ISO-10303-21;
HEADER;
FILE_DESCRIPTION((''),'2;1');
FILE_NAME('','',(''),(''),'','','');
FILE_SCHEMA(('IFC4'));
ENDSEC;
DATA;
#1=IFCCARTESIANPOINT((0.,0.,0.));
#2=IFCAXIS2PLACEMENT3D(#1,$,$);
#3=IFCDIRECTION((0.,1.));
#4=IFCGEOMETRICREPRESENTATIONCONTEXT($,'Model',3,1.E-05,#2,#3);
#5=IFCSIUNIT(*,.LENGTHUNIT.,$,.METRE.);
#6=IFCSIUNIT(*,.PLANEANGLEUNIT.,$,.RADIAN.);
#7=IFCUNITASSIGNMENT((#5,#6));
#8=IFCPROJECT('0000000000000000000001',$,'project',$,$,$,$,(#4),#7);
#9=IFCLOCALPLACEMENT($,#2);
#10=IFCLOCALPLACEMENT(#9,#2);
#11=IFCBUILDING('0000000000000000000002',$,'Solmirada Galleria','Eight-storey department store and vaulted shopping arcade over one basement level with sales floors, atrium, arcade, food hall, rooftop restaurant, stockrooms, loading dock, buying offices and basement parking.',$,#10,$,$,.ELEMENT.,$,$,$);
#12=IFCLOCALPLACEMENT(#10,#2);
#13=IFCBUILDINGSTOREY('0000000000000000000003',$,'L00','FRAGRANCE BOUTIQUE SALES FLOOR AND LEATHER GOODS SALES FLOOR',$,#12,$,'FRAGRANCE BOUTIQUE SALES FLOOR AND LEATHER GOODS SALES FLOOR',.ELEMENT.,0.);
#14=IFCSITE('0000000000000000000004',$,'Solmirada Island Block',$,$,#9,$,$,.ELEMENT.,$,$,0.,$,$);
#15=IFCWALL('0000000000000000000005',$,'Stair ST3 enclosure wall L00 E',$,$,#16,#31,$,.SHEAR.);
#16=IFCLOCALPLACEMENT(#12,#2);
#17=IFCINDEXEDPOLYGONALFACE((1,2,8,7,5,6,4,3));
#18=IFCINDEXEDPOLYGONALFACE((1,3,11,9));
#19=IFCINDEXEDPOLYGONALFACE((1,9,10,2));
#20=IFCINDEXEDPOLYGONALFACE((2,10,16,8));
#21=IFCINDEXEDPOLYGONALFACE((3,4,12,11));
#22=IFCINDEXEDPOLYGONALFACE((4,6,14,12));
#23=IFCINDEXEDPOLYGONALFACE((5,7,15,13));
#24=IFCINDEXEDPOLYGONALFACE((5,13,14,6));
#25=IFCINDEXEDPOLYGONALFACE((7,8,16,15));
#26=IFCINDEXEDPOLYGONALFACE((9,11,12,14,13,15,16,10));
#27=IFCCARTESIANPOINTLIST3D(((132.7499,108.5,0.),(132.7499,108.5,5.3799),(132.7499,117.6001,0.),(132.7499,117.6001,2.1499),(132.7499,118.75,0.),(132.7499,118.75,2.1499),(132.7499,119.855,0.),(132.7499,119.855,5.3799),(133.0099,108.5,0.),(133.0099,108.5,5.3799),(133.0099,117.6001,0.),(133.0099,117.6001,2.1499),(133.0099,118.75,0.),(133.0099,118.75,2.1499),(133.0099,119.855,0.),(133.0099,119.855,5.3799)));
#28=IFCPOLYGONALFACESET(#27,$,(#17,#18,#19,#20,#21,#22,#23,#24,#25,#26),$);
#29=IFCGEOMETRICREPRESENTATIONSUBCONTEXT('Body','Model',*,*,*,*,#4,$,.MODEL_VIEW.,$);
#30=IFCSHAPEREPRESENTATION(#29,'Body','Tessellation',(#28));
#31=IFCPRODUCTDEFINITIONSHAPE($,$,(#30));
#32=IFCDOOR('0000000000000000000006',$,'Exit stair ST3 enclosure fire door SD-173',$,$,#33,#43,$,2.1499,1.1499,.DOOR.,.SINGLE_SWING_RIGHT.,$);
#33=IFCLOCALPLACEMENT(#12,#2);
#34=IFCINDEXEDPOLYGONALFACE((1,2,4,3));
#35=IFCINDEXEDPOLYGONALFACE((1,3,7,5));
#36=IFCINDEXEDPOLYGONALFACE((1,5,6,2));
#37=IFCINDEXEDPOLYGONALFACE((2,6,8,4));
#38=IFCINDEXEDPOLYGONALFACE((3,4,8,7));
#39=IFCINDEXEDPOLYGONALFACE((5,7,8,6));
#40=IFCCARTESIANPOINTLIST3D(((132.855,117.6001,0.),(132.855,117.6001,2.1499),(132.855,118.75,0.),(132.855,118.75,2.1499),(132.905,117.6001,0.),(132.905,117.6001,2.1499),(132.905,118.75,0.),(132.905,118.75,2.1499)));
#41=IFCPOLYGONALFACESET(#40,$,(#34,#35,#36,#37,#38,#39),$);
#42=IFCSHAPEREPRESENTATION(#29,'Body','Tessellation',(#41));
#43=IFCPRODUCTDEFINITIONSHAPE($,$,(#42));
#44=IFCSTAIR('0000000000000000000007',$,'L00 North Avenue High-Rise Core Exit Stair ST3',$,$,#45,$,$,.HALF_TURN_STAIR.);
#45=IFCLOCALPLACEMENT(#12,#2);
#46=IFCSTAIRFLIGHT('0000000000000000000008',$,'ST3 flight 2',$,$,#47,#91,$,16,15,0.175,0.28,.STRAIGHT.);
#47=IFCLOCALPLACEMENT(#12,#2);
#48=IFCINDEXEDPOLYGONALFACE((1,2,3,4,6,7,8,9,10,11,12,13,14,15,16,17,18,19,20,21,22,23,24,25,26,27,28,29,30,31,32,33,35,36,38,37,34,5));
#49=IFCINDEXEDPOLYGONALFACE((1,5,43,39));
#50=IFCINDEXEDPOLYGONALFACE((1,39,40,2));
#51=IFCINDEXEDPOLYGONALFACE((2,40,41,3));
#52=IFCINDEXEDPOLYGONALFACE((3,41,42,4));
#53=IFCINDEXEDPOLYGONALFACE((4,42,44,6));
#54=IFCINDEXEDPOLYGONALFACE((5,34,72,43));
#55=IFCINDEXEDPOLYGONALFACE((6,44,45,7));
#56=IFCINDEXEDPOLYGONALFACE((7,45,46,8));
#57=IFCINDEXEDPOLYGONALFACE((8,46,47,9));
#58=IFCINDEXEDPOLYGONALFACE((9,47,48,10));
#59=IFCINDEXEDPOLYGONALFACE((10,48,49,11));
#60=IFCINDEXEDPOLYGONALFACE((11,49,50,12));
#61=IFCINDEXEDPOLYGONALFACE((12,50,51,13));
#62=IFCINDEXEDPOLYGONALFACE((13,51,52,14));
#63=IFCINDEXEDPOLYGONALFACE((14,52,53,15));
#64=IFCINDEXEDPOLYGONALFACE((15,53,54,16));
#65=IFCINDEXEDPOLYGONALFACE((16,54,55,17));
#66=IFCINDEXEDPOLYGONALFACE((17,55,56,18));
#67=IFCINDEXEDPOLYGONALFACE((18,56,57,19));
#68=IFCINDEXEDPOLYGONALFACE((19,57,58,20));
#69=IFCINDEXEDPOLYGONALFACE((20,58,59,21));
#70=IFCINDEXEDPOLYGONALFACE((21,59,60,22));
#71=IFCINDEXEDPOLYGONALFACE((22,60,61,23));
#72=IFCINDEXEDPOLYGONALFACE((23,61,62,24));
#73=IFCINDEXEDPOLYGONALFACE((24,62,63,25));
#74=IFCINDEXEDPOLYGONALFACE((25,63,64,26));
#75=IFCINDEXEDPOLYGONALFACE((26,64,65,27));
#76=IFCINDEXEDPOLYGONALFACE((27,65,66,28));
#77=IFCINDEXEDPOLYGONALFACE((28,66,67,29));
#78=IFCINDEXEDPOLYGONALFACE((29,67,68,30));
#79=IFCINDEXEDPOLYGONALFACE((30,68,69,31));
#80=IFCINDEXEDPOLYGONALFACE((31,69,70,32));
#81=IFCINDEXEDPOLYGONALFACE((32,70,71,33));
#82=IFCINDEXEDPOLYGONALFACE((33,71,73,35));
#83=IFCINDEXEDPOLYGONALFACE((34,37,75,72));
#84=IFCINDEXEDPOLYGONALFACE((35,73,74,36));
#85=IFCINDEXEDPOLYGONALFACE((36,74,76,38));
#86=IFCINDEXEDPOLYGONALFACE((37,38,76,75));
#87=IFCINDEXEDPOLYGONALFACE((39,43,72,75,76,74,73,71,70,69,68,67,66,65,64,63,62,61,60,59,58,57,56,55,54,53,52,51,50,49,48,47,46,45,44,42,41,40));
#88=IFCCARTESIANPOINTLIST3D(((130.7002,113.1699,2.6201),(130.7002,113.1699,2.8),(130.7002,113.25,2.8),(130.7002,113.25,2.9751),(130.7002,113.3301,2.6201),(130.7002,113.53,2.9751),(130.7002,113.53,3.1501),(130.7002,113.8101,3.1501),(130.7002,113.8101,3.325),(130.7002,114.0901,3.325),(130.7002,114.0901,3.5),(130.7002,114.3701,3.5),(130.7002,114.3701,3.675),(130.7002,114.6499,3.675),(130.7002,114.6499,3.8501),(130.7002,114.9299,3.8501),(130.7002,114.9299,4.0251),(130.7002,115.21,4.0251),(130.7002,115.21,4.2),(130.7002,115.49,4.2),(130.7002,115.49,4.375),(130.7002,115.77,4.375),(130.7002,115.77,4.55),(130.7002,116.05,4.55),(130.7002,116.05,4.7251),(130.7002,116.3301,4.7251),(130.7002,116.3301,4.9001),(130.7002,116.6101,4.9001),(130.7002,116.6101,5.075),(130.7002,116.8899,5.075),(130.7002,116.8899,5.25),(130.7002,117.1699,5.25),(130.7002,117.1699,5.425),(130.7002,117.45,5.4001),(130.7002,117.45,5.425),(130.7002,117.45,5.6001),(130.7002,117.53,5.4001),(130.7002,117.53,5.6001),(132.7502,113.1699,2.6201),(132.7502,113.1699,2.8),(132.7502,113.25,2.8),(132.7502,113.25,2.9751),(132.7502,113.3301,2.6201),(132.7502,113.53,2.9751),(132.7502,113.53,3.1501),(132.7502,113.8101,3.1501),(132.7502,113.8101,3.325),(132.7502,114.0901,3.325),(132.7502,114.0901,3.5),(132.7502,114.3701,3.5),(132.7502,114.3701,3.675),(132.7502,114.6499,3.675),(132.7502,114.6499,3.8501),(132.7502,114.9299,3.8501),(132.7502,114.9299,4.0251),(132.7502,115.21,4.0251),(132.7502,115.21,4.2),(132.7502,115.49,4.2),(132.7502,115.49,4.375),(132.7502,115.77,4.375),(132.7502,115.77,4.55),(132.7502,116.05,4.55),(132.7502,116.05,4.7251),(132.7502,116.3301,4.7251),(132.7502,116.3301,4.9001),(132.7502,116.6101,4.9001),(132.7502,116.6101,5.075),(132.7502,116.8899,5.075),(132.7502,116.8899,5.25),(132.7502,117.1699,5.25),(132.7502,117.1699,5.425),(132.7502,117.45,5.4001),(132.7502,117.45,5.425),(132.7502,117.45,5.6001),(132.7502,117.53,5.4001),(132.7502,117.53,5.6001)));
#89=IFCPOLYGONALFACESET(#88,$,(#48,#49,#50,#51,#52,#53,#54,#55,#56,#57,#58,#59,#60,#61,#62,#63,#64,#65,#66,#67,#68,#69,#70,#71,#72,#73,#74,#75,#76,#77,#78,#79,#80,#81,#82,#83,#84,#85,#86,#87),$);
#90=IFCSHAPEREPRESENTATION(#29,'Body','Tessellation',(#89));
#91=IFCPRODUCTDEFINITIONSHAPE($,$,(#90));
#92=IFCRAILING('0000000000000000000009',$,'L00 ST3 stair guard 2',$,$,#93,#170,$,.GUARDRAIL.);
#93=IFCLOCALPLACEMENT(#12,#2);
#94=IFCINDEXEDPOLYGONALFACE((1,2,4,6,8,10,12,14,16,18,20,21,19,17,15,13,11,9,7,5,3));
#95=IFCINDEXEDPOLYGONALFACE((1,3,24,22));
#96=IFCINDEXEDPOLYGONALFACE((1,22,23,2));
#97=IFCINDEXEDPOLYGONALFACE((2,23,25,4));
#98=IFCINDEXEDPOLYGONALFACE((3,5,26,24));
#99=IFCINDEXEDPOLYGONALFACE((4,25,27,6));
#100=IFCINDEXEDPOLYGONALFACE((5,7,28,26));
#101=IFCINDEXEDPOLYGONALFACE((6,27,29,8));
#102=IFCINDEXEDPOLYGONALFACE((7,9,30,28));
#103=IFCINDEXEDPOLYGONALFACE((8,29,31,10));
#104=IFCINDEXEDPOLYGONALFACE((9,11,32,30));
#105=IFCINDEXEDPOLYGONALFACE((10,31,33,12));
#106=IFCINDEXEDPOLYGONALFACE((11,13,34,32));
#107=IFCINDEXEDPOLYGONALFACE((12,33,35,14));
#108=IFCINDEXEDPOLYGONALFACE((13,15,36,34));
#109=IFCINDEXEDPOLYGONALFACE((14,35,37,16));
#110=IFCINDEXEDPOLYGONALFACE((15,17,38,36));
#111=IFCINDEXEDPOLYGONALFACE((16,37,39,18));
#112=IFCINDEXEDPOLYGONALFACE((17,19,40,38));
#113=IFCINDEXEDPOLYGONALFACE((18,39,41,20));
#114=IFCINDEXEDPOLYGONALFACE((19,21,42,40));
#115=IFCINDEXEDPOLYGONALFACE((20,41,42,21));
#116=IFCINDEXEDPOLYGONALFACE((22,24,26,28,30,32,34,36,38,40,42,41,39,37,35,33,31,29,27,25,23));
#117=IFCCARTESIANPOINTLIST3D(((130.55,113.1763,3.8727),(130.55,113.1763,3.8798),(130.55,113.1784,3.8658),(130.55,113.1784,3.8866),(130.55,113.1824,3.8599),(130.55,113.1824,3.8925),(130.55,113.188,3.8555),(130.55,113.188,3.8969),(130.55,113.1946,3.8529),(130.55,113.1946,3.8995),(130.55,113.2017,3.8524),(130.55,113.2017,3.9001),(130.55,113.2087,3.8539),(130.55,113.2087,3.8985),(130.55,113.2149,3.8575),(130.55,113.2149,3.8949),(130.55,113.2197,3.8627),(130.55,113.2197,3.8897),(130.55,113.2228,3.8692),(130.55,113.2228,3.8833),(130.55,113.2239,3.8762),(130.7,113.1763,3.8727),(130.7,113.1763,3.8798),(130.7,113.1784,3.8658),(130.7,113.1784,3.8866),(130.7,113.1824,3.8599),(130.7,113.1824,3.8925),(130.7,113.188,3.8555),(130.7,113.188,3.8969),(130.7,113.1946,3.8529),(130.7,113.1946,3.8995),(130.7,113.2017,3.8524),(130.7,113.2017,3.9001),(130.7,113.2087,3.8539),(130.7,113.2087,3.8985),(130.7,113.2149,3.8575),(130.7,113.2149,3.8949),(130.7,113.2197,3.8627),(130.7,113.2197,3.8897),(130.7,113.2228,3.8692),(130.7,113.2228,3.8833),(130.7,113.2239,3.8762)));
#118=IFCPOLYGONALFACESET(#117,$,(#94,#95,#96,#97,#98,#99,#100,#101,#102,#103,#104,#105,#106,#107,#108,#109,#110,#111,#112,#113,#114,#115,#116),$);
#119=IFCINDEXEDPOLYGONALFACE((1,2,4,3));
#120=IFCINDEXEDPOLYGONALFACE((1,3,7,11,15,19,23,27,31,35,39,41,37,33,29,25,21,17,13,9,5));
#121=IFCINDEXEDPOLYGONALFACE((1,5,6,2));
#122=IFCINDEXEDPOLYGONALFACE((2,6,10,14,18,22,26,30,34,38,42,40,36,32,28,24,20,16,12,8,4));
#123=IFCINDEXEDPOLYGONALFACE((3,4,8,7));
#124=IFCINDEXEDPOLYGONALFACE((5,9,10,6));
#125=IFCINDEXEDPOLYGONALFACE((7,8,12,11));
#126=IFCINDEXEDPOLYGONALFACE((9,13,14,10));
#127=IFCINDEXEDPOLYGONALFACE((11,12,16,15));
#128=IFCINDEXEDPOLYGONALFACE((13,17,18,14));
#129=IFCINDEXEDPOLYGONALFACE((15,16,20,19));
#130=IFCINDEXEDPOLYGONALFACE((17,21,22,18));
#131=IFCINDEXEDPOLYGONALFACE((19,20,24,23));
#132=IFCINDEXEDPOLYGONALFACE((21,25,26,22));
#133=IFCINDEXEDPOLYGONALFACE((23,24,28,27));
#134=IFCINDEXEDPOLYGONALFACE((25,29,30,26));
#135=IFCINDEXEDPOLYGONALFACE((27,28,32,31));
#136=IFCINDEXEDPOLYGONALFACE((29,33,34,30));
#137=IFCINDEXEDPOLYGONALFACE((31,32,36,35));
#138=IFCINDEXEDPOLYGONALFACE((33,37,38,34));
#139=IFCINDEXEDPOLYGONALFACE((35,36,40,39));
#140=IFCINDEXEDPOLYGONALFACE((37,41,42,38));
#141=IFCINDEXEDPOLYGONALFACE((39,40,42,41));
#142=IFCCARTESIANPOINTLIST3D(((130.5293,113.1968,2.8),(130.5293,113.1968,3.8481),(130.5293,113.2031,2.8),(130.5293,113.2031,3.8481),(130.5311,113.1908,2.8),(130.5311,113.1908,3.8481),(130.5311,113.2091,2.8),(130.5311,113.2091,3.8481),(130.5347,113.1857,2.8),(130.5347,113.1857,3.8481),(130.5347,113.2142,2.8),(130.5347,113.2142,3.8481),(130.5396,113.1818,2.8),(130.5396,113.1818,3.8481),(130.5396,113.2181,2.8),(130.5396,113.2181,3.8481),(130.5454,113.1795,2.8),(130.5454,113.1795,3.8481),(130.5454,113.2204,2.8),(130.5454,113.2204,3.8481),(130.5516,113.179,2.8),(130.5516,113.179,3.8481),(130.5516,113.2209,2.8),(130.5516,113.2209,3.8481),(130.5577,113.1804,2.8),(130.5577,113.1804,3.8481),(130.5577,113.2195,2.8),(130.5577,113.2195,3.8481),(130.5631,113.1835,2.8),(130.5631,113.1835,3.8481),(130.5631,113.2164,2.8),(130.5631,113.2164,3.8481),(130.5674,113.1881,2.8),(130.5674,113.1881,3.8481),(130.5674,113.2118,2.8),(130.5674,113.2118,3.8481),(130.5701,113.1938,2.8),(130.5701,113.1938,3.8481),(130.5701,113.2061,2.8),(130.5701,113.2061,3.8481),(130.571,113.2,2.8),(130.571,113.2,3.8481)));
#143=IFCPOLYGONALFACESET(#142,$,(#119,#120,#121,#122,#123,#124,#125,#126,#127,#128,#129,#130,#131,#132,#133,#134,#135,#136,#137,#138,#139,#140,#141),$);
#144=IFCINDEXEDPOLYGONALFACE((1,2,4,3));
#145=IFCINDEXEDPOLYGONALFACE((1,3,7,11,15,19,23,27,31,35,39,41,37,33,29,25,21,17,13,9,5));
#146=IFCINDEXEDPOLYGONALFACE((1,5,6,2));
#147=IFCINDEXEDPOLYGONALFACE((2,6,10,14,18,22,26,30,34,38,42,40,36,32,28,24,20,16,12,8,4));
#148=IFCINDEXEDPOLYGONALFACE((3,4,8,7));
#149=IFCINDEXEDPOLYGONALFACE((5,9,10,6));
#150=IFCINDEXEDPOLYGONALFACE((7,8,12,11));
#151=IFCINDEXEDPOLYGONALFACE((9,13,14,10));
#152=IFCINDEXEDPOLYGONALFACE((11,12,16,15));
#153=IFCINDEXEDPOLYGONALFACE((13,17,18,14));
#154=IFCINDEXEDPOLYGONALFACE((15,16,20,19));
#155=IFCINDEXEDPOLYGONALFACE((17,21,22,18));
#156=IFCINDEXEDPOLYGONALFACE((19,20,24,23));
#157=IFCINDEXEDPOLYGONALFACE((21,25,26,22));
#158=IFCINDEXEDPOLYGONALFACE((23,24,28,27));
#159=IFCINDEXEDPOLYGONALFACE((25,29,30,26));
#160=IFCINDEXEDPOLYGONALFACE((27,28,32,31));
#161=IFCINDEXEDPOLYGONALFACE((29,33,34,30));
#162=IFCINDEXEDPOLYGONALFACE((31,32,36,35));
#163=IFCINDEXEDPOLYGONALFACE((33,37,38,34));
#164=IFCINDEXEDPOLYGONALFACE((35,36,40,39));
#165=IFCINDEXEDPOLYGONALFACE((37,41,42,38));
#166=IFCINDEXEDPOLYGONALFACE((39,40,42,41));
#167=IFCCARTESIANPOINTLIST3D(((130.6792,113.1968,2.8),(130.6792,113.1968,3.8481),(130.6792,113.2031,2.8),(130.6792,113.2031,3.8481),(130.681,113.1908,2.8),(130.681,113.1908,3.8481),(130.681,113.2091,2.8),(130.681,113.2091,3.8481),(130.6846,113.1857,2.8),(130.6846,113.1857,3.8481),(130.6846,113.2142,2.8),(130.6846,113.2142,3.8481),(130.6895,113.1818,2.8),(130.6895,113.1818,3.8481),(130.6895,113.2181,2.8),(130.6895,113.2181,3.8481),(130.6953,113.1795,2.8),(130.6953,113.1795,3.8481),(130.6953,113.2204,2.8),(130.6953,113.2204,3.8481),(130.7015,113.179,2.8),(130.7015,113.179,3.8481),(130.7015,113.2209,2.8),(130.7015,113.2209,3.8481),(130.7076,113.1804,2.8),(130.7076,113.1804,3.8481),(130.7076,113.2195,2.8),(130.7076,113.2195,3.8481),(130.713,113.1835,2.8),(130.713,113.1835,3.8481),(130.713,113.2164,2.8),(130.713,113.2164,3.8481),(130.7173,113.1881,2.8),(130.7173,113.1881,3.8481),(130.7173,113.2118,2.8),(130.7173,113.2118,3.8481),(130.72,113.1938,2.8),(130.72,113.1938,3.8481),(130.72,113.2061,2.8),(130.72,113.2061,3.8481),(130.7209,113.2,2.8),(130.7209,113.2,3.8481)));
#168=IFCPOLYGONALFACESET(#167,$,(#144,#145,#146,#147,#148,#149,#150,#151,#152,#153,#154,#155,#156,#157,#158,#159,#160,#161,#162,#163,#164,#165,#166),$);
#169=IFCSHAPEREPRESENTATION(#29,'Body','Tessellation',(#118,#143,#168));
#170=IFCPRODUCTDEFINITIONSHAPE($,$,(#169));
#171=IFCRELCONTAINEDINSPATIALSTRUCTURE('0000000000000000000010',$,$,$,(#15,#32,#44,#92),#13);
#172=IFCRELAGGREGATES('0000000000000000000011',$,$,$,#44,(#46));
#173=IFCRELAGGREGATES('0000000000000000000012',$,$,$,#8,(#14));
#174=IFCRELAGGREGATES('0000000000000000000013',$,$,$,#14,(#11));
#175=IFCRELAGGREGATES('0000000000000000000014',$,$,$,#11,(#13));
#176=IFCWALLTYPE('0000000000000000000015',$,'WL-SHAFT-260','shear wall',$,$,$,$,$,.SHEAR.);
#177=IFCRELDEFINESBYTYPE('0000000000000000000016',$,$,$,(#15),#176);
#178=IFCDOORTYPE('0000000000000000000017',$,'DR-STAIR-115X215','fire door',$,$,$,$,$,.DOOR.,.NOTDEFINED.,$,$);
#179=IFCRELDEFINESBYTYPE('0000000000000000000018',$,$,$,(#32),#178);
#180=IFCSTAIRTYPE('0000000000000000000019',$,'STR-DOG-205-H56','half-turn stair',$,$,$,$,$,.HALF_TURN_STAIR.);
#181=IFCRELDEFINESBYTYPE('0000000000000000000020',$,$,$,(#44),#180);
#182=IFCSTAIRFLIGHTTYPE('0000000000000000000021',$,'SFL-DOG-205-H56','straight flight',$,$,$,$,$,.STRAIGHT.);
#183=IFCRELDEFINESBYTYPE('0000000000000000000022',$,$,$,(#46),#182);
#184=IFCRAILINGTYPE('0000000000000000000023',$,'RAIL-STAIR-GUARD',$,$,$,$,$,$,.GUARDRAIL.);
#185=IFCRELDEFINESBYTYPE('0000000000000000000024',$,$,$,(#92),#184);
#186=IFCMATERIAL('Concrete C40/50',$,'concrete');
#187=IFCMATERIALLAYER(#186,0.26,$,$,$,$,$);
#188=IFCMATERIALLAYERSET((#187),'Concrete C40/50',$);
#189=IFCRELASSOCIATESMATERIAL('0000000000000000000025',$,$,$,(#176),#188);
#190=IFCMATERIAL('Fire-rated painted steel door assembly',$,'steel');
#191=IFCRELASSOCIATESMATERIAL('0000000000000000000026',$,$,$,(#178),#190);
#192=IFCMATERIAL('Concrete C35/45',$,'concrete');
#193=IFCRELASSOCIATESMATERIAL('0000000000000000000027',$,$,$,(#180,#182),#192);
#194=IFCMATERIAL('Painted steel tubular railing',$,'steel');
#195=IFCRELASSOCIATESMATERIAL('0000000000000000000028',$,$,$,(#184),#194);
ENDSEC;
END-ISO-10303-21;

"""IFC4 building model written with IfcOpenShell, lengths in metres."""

from ifc_helpers import new_model, si_unit, direction, frame, frame_2d, origin, origin_2d, place, context, subcontext, project, spatial, polyline, rectangle, circle, outline, extrude, material, layer, layer_set, type_object, element, fill, aggregate, save


model = new_model("IFC4")

# Units and contexts
model_context = context("Model", 3, precision=1e-05, world=origin(), true_north=direction((0.0, 1.0)))
body_context = subcontext(model_context, "Body", "Model", "MODEL_VIEW")
ifc_project = project(units=[si_unit("LENGTHUNIT", "METRE"), si_unit("PLANEANGLEUNIT", "RADIAN")], contexts=[model_context])

# Site, building, storey
site_placement = place(None, origin())
site = spatial("IfcSite", under=ifc_project, at=site_placement, Name="Solmirada Island Block", CompositionType="ELEMENT", RefElevation=0.0)
building_placement = place(site_placement, origin())
building = spatial("IfcBuilding", under=site, at=building_placement, Name="Solmirada Galleria", Description="Eight-storey department store and vaulted shopping arcade over one basement level with sales floors, atrium, arcade, food hall, rooftop restaurant, stockrooms, loading dock, buying offices and basement parking.", CompositionType="ELEMENT")
storey_placement = place(building_placement, origin())
storey = spatial("IfcBuildingStorey", under=building, at=storey_placement, Name="L00", Description="FRAGRANCE BOUTIQUE SALES FLOOR AND LEATHER GOODS SALES FLOOR", LongName="FRAGRANCE BOUTIQUE SALES FLOOR AND LEATHER GOODS SALES FLOOR", CompositionType="ELEMENT", Elevation=0.0)

# Shared definitions
ifc_material_1 = material(Name="Concrete C40/50", Category="concrete")

# Shared definitions
ifc_material_2 = material(Name="Fire-rated painted steel door assembly", Category="steel")

# Shared definitions
ifc_layer_1 = layer(ifc_material_1, 0.26)
ifc_layer_set_1 = layer_set([ifc_layer_1], Name="Concrete C40/50")
wall_type_1 = type_object("IfcWallType", Name="WL-SHAFT-260", Description="shear wall", PredefinedType="SHEAR", material=ifc_layer_set_1)

# Wall, opening, door
wall_1_placement = place(storey_placement, frame((132.8799, 108.5, 0.0), z_axis=(0.0, 0.0, 1.0), x_axis=(0.0, 1.0, 0.0)))
wall_1 = element("IfcWall", 1, at=wall_1_placement, inside=storey, type_object=wall_type_1, Name="Stair ST3 enclosure wall L00 E", PredefinedType="SHEAR", context=body_context, shape_type="SweptSolid", body=[
    extrude(rectangle(XDim=11.355, YDim=0.26, at=frame_2d((5.6775, 0.0))), origin(), (0.0, 0.0, 1.0), 5.3799),
])
opening_1_placement = place(wall_1_placement, frame((9.1001, 0.0, 0.0)))
opening_1 = element("IfcOpeningElement", 2, at=opening_1_placement, cuts=wall_1, PredefinedType="OPENING", context=body_context, shape_type="SweptSolid", body=[
    extrude(rectangle(XDim=1.1499, YDim=2.1499, at=frame_2d((0.575, 1.075))), frame((0.0, 0.1399, 0.0), z_axis=(0.0, -1.0, 0.0), x_axis=(1.0, 0.0, 0.0)), (0.0, 0.0, 1.0), 0.28),
])
door_type_1 = type_object("IfcDoorType", Name="DR-STAIR-115X215", Description="fire door", OperationType="NOTDEFINED", PredefinedType="DOOR", material=ifc_material_2)
door_1_placement = place(opening_1_placement, origin())
door_1 = element("IfcDoor", 3, at=door_1_placement, inside=storey, type_object=door_type_1, Name="Exit stair ST3 enclosure fire door SD-173", OperationType="SINGLE_SWING_RIGHT", OverallHeight=2.1499, OverallWidth=1.1499, PredefinedType="DOOR", context=body_context, shape_type="SweptSolid", body=[
    extrude(rectangle(XDim=1.1499, YDim=2.1499, at=frame_2d((0.575, 1.075))), frame((0.0, 0.0249, 0.0), z_axis=(0.0, -1.0, 0.0), x_axis=(1.0, 0.0, 0.0)), (0.0, 0.0, 1.0), 0.05),
])
fill(opening_1, door_1)

# Stair, stair flight
ifc_material_3 = material(Name="Concrete C35/45", Category="concrete")
stair_type = type_object("IfcStairType", Name="STR-DOG-205-H56", Description="half-turn stair", PredefinedType="HALF_TURN_STAIR", material=ifc_material_3)
stair_placement = place(storey_placement, origin())
stair = element("IfcStair", 4, at=stair_placement, inside=storey, type_object=stair_type, Name="L00 North Avenue High-Rise Core Exit Stair ST3", PredefinedType="HALF_TURN_STAIR")
stair_flight_type = type_object("IfcStairFlightType", Name="SFL-DOG-205-H56", Description="straight flight", PredefinedType="STRAIGHT", material=ifc_material_3)
stair_flight_placement = place(storey_placement, frame((131.7251, 113.25, 2.8), z_axis=(0.0, 0.0, 1.0), x_axis=(0.0, 1.0, 0.0)))
stair_flight = element("IfcStairFlight", 5, at=stair_flight_placement, type_object=stair_flight_type, Name="ST3 flight 2", NumberOfRisers=16, NumberOfTreads=15, PredefinedType="STRAIGHT", RiserHeight=0.175, TreadLength=0.28, context=body_context, shape_type="SweptSolid", body=[
    extrude(outline(polyline([(-0.0801, 0.0), (0.0, 0.0), (0.0, 0.175), (0.28, 0.175), (0.28, 0.3501), (0.5601, 0.3501), (0.5601, 0.5249), (0.8401, 0.5249), (0.8401, 0.7), (1.1201, 0.7), (1.1201, 0.875), (1.3999, 0.875), (1.3999, 1.05), (1.6799, 1.05), (1.6799, 1.2251), (1.96, 1.2251), (1.96, 1.3999), (2.24, 1.3999), (2.24, 1.575), (2.52, 1.575), (2.52, 1.75), (2.8, 1.75), (2.8, 1.925), (3.0801, 1.925), (3.0801, 2.1001), (3.3601, 2.1001), (3.3601, 2.2749), (3.6399, 2.2749), (3.6399, 2.45), (3.9199, 2.45), (3.9199, 2.625), (4.2, 2.625), (4.2, 2.8), (4.28, 2.8), (4.28, 2.6001), (4.2, 2.6001), (0.0801, -0.1799), (-0.0801, -0.1799), (-0.0801, 0.0)])), frame((0.0, 1.0249, 0.0), z_axis=(0.0, -1.0, 0.0), x_axis=(1.0, 0.0, 0.0)), (0.0, 0.0, 1.0), 2.05),
])
aggregate(stair, [stair_flight])

# Railing
ifc_material_4 = material(Name="Painted steel tubular railing", Category="steel")
railing_type = type_object("IfcRailingType", Name="RAIL-STAIR-GUARD", PredefinedType="GUARDRAIL", material=ifc_material_4)
railing_1_placement = place(storey_placement, frame((130.55, 113.2, 2.8)))
element("IfcRailing", 6, at=railing_1_placement, inside=storey, type_object=railing_type, Name="L00 ST3 stair guard 2", PredefinedType="GUARDRAIL", context=body_context, shape_type="SweptSolid", body=[
    extrude(circle(Radius=0.0239, at=origin_2d()), frame((0.0, 0.0, 1.0762), z_axis=(1.0, 0.0, 0.0), x_axis=(0.0, 1.0, 0.0)), (0.0, 0.0, 1.0), 0.1499),
    extrude(circle(Radius=0.021, at=origin_2d()), origin(), (0.0, 0.0, 1.0), 1.0481),
    extrude(circle(Radius=0.021, at=origin_2d()), frame((0.1499, 0.0, 0.0)), (0.0, 0.0, 1.0), 1.0481),
])

save(model, "model.ifc")
